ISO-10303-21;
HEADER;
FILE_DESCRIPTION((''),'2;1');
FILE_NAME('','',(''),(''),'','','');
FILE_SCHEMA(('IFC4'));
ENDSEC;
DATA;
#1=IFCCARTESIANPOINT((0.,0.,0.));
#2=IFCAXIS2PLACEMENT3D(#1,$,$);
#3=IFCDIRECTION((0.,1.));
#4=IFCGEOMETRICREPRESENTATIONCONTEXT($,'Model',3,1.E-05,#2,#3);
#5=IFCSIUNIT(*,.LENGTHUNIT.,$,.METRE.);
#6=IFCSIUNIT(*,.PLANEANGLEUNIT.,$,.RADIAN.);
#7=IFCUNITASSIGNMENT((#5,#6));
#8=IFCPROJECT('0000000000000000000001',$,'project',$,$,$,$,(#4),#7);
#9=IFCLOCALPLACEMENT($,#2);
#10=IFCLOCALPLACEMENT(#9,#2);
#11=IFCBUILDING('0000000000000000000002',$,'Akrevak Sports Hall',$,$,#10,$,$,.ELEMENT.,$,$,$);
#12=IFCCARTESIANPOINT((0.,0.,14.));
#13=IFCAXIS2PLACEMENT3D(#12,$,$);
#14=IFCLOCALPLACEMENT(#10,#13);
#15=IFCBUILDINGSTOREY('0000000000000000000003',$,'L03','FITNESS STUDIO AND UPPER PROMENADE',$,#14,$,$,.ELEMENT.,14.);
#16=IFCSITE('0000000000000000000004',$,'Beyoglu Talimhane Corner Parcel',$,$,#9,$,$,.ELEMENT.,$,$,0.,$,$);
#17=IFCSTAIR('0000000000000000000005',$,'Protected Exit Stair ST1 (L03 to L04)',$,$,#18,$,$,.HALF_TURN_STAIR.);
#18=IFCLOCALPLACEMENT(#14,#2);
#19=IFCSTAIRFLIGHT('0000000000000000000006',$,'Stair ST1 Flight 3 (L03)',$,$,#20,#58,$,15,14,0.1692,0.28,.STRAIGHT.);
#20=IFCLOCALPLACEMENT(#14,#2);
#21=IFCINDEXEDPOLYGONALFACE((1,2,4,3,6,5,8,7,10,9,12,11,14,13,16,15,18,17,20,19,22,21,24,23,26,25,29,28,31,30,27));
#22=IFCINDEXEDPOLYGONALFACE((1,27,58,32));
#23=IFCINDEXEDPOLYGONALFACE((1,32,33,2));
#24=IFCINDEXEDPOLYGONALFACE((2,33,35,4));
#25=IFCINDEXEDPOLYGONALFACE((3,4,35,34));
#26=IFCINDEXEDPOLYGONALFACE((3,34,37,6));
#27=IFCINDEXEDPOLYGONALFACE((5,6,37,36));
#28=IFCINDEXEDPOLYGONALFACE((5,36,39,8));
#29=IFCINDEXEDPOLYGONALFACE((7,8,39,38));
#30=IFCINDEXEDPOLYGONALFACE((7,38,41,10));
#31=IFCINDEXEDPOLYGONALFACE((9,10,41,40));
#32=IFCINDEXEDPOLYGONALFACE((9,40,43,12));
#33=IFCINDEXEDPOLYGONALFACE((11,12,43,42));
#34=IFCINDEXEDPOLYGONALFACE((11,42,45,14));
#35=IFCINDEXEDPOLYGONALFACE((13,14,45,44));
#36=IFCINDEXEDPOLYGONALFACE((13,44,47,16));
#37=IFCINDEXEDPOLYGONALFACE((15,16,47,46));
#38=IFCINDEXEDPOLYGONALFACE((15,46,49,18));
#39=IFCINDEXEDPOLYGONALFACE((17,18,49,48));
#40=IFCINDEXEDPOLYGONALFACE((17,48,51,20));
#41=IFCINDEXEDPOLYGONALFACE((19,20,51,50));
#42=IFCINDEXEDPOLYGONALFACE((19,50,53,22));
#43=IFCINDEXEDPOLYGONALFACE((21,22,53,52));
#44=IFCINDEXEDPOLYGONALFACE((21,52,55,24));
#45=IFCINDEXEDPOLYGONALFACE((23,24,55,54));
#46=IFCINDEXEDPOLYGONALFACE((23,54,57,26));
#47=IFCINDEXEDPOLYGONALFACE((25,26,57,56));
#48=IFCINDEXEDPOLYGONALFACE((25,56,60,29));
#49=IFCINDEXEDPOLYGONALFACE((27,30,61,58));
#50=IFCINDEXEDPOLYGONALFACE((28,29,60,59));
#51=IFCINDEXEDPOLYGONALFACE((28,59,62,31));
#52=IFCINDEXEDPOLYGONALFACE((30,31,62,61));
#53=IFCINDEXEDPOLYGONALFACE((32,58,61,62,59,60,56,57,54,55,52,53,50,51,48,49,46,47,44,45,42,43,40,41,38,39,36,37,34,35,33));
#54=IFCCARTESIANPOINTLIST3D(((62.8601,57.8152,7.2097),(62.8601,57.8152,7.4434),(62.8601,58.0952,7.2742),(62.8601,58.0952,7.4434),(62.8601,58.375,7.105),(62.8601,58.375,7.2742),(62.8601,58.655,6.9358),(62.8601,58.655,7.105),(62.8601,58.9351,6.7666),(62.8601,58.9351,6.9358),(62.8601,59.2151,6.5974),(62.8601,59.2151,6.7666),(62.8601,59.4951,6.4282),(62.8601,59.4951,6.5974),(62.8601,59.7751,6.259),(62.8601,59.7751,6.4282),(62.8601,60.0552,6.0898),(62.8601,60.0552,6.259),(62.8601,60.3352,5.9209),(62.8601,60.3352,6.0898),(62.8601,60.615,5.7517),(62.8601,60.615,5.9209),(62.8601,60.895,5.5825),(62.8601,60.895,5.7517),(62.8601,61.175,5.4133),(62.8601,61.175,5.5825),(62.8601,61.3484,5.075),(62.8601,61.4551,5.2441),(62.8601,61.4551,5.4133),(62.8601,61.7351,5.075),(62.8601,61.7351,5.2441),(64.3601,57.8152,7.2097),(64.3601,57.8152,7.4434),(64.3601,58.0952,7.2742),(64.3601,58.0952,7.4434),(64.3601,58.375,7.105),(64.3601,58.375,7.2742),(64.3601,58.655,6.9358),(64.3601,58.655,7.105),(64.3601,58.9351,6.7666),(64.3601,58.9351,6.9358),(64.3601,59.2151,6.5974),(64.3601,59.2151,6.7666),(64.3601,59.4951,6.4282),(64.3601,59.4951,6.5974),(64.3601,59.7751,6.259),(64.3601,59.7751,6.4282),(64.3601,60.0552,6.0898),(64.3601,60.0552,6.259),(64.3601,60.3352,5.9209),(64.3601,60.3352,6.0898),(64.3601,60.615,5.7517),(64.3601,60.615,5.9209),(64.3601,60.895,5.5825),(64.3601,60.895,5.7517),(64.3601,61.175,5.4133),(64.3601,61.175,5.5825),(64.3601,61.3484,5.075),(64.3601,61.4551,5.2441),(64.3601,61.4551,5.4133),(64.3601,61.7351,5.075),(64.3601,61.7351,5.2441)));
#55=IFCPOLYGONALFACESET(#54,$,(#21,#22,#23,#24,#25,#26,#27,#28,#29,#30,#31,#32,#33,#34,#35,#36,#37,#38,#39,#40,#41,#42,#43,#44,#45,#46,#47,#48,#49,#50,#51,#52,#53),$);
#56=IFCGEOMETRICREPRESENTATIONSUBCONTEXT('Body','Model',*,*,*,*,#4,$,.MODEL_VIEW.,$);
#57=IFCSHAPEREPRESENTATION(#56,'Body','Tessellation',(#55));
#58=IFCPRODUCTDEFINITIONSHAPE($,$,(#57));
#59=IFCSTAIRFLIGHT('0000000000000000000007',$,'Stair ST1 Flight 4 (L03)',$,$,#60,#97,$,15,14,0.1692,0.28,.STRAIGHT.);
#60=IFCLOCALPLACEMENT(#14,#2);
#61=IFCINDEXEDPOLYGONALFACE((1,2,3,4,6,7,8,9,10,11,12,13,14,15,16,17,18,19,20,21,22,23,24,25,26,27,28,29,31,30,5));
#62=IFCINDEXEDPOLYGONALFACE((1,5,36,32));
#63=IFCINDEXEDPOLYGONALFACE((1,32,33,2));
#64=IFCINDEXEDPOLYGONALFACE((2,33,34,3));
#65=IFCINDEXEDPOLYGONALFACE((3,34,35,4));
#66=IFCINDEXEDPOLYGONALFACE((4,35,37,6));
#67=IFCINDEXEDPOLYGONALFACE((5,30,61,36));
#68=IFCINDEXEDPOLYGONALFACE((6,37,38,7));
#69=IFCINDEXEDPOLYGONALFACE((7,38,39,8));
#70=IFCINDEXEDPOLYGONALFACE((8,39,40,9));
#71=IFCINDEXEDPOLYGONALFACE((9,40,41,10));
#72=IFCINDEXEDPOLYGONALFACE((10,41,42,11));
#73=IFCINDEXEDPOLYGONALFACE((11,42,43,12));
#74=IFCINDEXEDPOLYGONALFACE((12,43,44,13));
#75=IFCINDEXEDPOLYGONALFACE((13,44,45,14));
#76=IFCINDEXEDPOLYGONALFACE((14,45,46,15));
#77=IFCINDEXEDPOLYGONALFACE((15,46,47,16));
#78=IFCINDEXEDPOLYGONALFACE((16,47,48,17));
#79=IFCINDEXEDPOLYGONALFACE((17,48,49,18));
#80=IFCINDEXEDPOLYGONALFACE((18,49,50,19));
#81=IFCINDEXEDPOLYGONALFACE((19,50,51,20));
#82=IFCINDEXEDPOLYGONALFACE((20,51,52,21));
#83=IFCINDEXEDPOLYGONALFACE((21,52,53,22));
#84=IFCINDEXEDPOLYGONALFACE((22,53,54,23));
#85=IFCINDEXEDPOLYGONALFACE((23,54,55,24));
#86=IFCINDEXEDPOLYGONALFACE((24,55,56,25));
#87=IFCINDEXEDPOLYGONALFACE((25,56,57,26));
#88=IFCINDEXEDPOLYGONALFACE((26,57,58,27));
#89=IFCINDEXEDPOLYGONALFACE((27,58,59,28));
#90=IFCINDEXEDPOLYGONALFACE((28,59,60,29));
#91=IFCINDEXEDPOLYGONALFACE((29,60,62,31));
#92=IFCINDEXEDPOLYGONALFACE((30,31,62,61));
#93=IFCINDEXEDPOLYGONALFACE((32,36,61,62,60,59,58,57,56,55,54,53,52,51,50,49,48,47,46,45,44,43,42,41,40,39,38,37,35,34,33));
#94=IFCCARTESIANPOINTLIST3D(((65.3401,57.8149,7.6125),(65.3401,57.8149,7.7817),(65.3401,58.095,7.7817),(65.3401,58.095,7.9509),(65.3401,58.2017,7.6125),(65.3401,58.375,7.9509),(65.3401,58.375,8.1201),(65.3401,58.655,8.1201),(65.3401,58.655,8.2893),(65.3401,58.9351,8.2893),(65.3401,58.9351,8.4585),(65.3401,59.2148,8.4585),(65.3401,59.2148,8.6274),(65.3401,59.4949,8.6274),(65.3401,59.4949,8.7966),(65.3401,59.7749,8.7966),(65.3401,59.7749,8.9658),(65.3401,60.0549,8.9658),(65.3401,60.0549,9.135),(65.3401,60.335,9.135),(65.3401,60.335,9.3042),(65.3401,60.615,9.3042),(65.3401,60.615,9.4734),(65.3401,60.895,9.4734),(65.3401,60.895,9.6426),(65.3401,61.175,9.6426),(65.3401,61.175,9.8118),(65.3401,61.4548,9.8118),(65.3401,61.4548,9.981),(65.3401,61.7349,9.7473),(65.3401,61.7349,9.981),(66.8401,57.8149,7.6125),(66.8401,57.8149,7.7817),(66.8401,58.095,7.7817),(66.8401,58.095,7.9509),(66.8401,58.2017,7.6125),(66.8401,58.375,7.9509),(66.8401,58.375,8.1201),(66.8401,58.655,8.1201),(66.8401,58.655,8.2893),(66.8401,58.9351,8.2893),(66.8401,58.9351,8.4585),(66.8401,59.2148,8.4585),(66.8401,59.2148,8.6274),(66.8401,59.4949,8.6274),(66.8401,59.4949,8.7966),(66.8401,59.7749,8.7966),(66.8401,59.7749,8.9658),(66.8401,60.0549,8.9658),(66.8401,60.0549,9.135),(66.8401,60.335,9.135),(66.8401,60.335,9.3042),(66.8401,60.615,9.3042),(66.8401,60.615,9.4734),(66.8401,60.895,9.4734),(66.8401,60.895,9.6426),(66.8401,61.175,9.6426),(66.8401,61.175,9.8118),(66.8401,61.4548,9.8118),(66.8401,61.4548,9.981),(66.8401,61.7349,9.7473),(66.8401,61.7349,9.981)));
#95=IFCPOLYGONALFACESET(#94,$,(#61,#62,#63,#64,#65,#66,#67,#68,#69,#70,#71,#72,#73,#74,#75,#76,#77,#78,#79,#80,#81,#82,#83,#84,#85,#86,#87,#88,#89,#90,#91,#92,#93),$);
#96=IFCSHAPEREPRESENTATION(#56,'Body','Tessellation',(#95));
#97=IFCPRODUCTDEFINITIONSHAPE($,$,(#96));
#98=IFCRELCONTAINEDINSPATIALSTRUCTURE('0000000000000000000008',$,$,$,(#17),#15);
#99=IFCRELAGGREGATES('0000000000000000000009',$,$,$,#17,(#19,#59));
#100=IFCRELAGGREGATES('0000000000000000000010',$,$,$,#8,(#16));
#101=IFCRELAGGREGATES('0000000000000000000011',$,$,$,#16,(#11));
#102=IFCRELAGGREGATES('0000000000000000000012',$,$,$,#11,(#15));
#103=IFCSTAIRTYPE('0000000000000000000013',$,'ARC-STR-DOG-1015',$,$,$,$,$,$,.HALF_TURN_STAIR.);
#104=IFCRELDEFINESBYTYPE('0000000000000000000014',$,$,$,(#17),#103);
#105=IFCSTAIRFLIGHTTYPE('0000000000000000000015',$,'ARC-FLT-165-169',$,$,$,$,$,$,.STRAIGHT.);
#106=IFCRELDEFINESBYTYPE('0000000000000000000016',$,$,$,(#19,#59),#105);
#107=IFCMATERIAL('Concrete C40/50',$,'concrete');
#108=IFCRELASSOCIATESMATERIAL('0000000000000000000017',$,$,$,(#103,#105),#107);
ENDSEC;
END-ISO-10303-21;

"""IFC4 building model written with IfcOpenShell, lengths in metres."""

from ifc_helpers import new_model, si_unit, direction, frame, origin, place, context, subcontext, project, spatial, polyline, outline, extrude, material, type_object, element, aggregate, save


model = new_model("IFC4")

# Units and contexts
model_context = context("Model", 3, precision=1e-05, world=origin(), true_north=direction((0.0, 1.0)))
body_context = subcontext(model_context, "Body", "Model", "MODEL_VIEW")
ifc_project = project(units=[si_unit("LENGTHUNIT", "METRE"), si_unit("PLANEANGLEUNIT", "RADIAN")], contexts=[model_context])

# Site, building, storey
site_placement = place(None, origin())
site = spatial("IfcSite", under=ifc_project, at=site_placement, Name="Beyoglu Talimhane Corner Parcel", CompositionType="ELEMENT", RefElevation=0.0)
building_placement = place(site_placement, origin())
building = spatial("IfcBuilding", under=site, at=building_placement, Name="Akrevak Sports Hall", CompositionType="ELEMENT")
storey_placement = place(building_placement, frame((0.0, 0.0, 14.0)))
storey = spatial("IfcBuildingStorey", under=building, at=storey_placement, Name="L03", Description="FITNESS STUDIO AND UPPER PROMENADE", CompositionType="ELEMENT", Elevation=14.0)

# Shared definitions
ifc_material_1 = material(Name="Concrete C40/50", Category="concrete")

# Stair, stair flights
stair_type = type_object("IfcStairType", Name="ARC-STR-DOG-1015", PredefinedType="HALF_TURN_STAIR", material=ifc_material_1)
stair_placement = place(storey_placement, origin())
stair = element("IfcStair", 1, at=stair_placement, inside=storey, type_object=stair_type, Name="Protected Exit Stair ST1 (L03 to L04)", PredefinedType="HALF_TURN_STAIR")
stair_flight_type = type_object("IfcStairFlightType", Name="ARC-FLT-165-169", PredefinedType="STRAIGHT", material=ifc_material_1)
stair_flight_1_placement = place(storey_placement, frame((63.6101, 61.7351, 5.075), z_axis=(0.0, 0.0, 1.0), x_axis=(0.0, -1.0, 0.0)))
stair_flight_1 = element("IfcStairFlight", 2, at=stair_flight_1_placement, type_object=stair_flight_type, Name="Stair ST1 Flight 3 (L03)", NumberOfRisers=15, NumberOfTreads=14, PredefinedType="STRAIGHT", RiserHeight=0.1692, TreadLength=0.28, context=body_context, shape_type="SweptSolid", body=[
    extrude(outline(polyline([(0.0, 0.0), (0.0, 0.1692), (0.28, 0.1692), (0.28, 0.3384), (0.5601, 0.3384), (0.5601, 0.5076), (0.8401, 0.5076), (0.8401, 0.6768), (1.1201, 0.6768), (1.1201, 0.8459), (1.3999, 0.8459), (1.3999, 1.0149), (1.6799, 1.0149), (1.6799, 1.1841), (1.96, 1.1841), (1.96, 1.3533), (2.24, 1.3533), (2.24, 1.5225), (2.52, 1.5225), (2.52, 1.6917), (2.8, 1.6917), (2.8, 1.8608), (3.0801, 1.8608), (3.0801, 2.03), (3.3601, 2.03), (3.3601, 2.1992), (3.6399, 2.1992), (3.6399, 2.3684), (3.9199, 2.3684), (3.9199, 2.5376), (3.9199, 2.1348), (0.3867, 0.0), (0.0, 0.0)])), frame((0.0, 0.75, 0.0), z_axis=(0.0, -1.0, 0.0), x_axis=(1.0, 0.0, 0.0)), (0.0, 0.0, 1.0), 1.5),
])
stair_flight_2_placement = place(storey_placement, frame((66.0901, 57.8149, 7.6125), z_axis=(0.0, 0.0, 1.0), x_axis=(0.0, 1.0, 0.0)))
stair_flight_2 = element("IfcStairFlight", 3, at=stair_flight_2_placement, type_object=stair_flight_type, Name="Stair ST1 Flight 4 (L03)", NumberOfRisers=15, NumberOfTreads=14, PredefinedType="STRAIGHT", RiserHeight=0.1692, TreadLength=0.28, context=body_context, shape_type="SweptSolid", body=[
    extrude(outline(polyline([(0.0, 0.0), (0.0, 0.1692), (0.28, 0.1692), (0.28, 0.3384), (0.5601, 0.3384), (0.5601, 0.5076), (0.8401, 0.5076), (0.8401, 0.6768), (1.1201, 0.6768), (1.1201, 0.8459), (1.3999, 0.8459), (1.3999, 1.0149), (1.6799, 1.0149), (1.6799, 1.1841), (1.96, 1.1841), (1.96, 1.3533), (2.24, 1.3533), (2.24, 1.5225), (2.52, 1.5225), (2.52, 1.6917), (2.8, 1.6917), (2.8, 1.8608), (3.0801, 1.8608), (3.0801, 2.03), (3.3601, 2.03), (3.3601, 2.1992), (3.6399, 2.1992), (3.6399, 2.3684), (3.9199, 2.3684), (3.9199, 2.5376), (3.9199, 2.1348), (0.3867, 0.0), (0.0, 0.0)])), frame((0.0, 0.75, 0.0), z_axis=(0.0, -1.0, 0.0), x_axis=(1.0, 0.0, 0.0)), (0.0, 0.0, 1.0), 1.5),
])
aggregate(stair, [stair_flight_1, stair_flight_2])

save(model, "model.ifc")
